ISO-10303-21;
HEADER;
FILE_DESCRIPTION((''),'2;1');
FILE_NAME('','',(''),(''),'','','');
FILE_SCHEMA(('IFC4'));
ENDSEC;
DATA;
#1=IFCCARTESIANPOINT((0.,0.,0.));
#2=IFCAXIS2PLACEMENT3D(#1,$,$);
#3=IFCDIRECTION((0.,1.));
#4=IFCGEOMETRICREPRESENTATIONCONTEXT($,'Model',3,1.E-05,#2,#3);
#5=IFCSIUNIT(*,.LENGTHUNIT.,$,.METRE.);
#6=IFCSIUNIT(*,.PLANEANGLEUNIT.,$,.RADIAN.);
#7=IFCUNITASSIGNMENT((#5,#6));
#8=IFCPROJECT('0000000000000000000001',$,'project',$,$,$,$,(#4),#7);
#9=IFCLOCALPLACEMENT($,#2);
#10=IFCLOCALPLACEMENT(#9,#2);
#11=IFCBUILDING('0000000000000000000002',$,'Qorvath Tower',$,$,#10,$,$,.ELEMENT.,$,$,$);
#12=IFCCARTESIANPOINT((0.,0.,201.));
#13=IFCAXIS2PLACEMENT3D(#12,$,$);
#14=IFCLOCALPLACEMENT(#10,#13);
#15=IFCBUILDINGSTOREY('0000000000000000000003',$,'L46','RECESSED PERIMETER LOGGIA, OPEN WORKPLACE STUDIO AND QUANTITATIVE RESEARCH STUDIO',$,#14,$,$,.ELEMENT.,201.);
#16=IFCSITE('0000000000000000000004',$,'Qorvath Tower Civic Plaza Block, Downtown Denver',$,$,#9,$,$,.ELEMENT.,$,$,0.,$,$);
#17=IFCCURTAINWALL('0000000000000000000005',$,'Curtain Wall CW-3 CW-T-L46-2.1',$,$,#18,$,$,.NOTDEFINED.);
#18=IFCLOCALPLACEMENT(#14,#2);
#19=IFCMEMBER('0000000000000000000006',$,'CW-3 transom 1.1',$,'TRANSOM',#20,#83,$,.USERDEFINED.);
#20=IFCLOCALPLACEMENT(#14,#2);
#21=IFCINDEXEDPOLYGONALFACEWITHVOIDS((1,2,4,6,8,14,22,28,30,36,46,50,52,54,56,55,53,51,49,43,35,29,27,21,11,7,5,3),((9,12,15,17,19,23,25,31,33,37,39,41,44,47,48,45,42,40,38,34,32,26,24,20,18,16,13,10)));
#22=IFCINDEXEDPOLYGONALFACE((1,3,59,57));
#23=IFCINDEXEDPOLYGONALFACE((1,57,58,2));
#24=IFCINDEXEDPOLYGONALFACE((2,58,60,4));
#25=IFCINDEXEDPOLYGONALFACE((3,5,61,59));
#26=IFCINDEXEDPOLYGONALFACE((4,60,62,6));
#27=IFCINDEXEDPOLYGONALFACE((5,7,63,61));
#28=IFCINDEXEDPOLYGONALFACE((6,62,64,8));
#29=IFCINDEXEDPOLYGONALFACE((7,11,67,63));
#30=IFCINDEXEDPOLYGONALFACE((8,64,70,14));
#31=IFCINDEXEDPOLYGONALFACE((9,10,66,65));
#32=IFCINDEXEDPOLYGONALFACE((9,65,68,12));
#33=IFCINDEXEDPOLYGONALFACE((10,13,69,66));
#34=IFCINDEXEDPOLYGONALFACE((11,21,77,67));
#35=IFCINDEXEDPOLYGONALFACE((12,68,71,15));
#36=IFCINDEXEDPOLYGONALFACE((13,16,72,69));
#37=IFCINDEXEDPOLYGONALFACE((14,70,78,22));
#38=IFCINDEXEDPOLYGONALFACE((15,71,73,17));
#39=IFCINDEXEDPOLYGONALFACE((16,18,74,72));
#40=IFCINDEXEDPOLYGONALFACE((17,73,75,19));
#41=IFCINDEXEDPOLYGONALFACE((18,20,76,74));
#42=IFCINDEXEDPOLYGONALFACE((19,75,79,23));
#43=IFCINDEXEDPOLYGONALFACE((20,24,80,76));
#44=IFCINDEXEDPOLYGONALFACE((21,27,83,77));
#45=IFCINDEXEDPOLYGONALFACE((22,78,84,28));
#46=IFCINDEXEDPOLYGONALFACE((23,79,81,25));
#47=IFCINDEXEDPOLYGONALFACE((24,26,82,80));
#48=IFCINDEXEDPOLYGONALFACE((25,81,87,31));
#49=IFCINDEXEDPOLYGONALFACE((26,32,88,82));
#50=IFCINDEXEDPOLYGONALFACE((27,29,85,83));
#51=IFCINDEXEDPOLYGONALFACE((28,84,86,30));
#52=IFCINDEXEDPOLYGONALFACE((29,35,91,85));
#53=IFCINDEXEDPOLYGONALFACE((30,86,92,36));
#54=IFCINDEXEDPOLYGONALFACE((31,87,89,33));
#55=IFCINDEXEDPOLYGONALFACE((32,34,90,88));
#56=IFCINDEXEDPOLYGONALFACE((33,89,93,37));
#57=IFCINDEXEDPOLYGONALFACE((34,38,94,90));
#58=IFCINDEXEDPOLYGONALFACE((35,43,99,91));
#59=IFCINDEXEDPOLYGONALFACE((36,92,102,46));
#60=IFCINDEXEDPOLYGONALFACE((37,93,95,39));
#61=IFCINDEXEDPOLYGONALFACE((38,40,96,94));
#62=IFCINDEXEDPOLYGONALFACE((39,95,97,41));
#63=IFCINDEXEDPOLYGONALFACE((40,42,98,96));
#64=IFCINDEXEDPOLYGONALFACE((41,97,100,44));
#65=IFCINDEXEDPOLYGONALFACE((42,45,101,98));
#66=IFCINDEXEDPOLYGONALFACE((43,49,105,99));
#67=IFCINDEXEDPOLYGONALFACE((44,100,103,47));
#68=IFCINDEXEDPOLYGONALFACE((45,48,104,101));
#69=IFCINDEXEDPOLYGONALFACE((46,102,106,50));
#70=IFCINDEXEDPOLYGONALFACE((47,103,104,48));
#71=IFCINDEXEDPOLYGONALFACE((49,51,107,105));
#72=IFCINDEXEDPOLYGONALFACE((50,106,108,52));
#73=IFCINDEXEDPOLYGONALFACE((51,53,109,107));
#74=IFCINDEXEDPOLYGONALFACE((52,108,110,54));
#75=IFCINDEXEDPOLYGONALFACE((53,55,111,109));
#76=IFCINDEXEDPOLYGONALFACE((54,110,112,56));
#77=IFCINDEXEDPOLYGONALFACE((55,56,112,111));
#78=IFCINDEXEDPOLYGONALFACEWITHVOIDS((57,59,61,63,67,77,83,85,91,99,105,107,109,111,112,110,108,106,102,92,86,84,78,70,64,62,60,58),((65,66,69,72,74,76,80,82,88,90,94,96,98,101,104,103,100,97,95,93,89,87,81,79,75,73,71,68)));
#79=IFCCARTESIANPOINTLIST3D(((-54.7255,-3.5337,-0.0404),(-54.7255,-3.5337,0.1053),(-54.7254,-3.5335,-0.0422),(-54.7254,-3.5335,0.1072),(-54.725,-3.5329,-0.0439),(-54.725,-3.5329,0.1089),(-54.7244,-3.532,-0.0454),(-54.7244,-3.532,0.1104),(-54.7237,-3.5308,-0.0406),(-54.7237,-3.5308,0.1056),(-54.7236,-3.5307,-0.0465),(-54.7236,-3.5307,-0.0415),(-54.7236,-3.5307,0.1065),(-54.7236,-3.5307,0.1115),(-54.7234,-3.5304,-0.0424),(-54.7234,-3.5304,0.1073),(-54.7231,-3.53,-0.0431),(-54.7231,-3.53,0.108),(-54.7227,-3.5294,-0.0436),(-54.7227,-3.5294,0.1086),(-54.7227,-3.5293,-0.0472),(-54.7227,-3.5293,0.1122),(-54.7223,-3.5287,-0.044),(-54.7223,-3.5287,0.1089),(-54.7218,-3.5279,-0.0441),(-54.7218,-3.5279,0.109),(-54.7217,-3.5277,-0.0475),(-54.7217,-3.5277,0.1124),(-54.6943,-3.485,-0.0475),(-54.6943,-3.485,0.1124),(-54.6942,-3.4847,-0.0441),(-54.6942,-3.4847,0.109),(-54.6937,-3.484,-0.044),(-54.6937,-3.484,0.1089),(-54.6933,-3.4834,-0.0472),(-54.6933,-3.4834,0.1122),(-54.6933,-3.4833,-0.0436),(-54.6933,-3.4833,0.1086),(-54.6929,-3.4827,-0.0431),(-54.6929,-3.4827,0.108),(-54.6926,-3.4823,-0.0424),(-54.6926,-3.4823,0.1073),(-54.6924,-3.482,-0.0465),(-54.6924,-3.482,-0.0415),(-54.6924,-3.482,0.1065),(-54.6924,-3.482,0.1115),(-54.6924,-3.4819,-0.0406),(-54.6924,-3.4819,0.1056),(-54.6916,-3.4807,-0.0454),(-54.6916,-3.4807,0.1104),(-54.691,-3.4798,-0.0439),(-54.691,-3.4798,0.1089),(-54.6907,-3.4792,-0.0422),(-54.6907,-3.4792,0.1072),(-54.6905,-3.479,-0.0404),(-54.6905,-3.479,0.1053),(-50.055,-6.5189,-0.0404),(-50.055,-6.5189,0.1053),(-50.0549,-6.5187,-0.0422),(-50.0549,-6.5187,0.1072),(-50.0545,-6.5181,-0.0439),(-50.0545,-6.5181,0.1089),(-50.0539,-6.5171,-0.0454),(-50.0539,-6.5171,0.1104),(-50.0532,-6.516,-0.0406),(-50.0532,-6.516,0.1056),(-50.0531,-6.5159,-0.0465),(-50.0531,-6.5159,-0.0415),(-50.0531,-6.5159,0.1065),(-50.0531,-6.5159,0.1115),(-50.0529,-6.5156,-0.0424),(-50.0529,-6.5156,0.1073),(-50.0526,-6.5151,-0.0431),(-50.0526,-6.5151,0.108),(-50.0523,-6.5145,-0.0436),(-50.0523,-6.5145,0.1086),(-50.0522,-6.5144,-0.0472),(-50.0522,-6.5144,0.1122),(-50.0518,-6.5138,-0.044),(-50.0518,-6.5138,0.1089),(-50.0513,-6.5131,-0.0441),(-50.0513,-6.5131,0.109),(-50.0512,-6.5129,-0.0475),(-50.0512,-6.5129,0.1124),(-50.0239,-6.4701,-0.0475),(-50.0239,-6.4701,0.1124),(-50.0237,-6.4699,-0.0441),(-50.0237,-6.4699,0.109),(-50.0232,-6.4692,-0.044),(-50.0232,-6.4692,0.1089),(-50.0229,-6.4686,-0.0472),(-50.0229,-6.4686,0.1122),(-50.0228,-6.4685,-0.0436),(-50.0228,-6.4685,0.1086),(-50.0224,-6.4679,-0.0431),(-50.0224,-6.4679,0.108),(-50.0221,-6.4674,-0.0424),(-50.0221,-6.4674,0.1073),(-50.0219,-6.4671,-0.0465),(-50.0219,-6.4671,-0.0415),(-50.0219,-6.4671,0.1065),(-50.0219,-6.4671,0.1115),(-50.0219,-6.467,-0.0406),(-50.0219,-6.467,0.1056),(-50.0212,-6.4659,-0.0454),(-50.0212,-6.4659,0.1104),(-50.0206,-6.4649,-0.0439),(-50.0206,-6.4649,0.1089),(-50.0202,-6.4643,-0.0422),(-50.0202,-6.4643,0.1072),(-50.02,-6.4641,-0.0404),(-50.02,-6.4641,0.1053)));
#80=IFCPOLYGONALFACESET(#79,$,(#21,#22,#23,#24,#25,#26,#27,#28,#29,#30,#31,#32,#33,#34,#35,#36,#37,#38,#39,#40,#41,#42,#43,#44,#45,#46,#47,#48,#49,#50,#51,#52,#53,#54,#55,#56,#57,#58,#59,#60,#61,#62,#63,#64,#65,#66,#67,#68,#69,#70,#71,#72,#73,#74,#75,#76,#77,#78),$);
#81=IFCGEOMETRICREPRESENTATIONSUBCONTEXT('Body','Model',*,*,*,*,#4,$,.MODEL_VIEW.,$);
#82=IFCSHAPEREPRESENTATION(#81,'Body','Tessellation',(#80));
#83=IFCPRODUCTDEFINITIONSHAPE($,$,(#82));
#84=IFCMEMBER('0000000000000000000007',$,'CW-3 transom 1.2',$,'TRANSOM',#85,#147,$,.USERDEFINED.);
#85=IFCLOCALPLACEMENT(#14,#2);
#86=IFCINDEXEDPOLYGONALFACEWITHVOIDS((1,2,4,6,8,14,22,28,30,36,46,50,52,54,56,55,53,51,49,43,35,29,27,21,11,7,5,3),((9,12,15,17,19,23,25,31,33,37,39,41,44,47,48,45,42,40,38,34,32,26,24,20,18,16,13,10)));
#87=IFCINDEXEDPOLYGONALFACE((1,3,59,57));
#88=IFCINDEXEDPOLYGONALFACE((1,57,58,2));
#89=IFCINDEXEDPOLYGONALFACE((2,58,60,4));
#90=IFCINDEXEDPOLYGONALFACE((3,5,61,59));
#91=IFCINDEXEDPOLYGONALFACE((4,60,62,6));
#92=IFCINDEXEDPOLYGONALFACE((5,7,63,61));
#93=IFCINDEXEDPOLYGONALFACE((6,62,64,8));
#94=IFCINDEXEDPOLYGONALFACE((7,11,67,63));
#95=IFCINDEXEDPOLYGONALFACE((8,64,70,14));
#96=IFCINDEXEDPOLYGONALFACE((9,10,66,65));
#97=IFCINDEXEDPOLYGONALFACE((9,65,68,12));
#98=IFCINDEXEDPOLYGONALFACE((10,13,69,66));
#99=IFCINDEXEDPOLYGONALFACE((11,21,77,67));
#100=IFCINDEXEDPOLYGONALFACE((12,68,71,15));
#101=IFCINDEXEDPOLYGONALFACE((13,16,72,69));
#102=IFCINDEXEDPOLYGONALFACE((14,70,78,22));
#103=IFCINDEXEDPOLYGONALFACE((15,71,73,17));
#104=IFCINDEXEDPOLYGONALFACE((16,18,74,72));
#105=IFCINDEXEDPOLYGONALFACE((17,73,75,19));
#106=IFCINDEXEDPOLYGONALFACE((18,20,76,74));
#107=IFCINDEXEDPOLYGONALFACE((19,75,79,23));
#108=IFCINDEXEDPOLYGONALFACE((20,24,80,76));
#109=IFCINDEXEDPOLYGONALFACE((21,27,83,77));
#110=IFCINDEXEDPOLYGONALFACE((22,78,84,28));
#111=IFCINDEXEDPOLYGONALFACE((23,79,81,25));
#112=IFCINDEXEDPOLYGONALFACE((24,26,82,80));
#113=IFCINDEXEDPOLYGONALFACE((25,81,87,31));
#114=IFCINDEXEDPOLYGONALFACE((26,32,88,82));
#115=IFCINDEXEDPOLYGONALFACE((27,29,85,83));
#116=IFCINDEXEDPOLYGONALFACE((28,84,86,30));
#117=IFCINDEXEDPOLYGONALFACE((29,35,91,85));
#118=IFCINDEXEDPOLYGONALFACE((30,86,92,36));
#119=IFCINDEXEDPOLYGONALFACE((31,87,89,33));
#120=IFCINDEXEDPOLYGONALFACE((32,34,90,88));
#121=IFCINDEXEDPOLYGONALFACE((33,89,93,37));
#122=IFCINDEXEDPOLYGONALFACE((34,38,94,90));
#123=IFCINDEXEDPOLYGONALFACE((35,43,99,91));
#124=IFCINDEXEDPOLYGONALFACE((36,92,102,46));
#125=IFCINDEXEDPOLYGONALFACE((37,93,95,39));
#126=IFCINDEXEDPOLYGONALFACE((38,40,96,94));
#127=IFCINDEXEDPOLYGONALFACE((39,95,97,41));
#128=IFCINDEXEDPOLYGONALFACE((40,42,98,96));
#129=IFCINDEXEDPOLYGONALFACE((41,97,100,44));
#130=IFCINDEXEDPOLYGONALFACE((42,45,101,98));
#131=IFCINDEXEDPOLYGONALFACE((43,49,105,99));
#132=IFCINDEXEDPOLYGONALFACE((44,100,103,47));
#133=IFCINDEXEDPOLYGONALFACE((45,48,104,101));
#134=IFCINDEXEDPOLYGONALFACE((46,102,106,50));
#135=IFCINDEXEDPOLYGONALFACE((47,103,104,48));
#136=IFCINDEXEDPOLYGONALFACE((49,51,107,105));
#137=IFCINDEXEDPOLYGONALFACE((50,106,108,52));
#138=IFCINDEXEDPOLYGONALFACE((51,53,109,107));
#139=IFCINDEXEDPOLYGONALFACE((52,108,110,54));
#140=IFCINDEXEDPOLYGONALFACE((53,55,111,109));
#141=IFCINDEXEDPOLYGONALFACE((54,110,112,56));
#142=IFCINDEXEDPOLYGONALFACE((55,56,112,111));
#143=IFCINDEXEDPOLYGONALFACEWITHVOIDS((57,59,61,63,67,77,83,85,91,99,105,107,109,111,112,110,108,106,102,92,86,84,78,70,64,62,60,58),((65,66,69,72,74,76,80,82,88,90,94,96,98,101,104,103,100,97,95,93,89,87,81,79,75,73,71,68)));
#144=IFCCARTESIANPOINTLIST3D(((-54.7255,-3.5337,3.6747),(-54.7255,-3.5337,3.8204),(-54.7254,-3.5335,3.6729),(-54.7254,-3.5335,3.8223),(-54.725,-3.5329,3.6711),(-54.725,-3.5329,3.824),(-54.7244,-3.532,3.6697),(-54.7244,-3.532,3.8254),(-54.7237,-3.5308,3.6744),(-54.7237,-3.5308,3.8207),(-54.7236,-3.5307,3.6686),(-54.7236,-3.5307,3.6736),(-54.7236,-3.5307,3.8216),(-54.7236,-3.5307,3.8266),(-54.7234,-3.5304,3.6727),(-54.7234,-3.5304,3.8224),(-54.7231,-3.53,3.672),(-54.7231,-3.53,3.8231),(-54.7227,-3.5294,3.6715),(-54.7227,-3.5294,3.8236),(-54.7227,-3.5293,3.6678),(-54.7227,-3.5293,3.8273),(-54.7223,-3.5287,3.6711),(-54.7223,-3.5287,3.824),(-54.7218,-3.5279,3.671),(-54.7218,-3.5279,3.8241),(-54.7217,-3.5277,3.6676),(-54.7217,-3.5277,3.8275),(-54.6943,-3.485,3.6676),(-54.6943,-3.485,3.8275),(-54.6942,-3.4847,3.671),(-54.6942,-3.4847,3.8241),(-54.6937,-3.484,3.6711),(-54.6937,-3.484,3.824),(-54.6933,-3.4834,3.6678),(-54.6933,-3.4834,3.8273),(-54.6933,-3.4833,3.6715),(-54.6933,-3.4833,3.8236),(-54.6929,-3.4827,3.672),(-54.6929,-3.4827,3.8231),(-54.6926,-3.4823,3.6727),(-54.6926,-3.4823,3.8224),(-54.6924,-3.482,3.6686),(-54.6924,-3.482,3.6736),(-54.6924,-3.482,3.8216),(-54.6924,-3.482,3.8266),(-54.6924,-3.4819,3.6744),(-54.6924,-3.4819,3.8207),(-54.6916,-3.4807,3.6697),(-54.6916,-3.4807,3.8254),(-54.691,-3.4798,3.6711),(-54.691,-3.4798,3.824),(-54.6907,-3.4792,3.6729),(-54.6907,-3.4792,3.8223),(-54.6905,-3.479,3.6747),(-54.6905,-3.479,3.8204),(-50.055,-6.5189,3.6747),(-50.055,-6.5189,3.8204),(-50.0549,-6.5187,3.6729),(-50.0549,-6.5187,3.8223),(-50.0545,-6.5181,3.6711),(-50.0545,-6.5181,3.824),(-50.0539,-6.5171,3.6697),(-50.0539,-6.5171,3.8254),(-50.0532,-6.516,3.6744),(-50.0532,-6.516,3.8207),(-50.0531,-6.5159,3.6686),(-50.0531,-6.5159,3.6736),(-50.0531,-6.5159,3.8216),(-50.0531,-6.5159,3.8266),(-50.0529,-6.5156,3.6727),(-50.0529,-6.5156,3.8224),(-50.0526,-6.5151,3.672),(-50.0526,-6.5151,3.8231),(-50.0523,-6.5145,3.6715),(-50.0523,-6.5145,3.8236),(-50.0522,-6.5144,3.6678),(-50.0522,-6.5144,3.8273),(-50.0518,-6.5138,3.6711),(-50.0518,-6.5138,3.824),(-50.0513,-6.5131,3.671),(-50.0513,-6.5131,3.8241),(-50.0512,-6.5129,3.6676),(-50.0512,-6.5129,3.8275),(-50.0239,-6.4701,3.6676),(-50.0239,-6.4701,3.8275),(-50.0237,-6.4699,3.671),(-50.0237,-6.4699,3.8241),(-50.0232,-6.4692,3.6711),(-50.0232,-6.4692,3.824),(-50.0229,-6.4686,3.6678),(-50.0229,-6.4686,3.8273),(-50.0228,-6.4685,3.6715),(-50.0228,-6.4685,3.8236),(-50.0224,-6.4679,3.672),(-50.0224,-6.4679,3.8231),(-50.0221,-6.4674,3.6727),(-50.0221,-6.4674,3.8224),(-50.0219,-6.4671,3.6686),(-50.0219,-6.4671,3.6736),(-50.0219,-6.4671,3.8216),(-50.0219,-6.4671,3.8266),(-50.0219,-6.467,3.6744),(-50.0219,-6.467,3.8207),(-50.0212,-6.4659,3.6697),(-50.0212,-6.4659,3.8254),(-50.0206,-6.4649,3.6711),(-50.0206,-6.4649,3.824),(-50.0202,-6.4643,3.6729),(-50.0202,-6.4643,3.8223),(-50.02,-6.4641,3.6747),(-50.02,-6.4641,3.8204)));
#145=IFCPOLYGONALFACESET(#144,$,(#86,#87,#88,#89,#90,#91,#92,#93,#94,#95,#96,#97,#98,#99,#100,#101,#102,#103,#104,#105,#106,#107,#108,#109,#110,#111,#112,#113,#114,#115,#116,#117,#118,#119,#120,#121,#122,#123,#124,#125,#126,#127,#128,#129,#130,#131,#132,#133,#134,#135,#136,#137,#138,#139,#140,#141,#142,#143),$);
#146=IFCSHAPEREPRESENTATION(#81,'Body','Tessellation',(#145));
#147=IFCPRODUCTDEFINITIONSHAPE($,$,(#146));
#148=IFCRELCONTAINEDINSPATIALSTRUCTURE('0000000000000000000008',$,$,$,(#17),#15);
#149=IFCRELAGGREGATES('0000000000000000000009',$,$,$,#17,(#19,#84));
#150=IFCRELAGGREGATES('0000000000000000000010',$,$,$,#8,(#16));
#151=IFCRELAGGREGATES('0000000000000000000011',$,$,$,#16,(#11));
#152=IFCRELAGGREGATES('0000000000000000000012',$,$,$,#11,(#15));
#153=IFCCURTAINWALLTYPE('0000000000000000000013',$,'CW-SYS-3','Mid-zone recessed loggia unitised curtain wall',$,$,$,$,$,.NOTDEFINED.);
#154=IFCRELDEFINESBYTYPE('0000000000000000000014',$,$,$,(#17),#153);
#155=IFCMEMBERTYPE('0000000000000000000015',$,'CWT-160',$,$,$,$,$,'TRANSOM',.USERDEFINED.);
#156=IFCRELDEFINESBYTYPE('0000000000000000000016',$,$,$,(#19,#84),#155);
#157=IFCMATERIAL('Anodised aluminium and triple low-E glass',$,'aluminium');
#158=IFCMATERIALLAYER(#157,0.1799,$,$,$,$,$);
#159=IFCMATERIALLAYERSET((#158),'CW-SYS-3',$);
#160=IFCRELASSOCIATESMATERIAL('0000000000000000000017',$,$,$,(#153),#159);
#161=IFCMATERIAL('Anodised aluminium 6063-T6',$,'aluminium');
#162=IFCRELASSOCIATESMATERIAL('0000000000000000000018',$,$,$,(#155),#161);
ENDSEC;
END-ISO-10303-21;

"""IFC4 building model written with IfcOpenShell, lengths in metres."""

from ifc_helpers import new_model, si_unit, direction, frame, origin, origin_2d, place, context, subcontext, project, spatial, hollow_rectangle, extrude, material, layer, layer_set, material_profile, profile_set, type_object, element, aggregate, save


model = new_model("IFC4")

# Units and contexts
model_context = context("Model", 3, precision=1e-05, world=origin(), true_north=direction((0.0, 1.0)))
body_context = subcontext(model_context, "Body", "Model", "MODEL_VIEW")
ifc_project = project(units=[si_unit("LENGTHUNIT", "METRE"), si_unit("PLANEANGLEUNIT", "RADIAN")], contexts=[model_context])

# Site, building, storey
site_placement = place(None, origin())
site = spatial("IfcSite", under=ifc_project, at=site_placement, Name="Qorvath Tower Civic Plaza Block, Downtown Denver", CompositionType="ELEMENT", RefElevation=0.0)
building_placement = place(site_placement, origin())
building = spatial("IfcBuilding", under=site, at=building_placement, Name="Qorvath Tower", CompositionType="ELEMENT")
storey_placement = place(building_placement, frame((0.0, 0.0, 201.0)))
storey = spatial("IfcBuildingStorey", under=building, at=storey_placement, Name="L46", Description="RECESSED PERIMETER LOGGIA, OPEN WORKPLACE STUDIO AND QUANTITATIVE RESEARCH STUDIO", CompositionType="ELEMENT", Elevation=201.0)

# Curtain wall, members
ifc_material_1 = material(Name="Anodised aluminium and triple low-E glass", Category="aluminium")
ifc_layer_1 = layer(ifc_material_1, 0.1799)
ifc_layer_set_1 = layer_set([ifc_layer_1], Name="CW-SYS-3")
curtain_wall_type = type_object("IfcCurtainWallType", Name="CW-SYS-3", Description="Mid-zone recessed loggia unitised curtain wall", PredefinedType="NOTDEFINED", material=ifc_layer_set_1)
curtain_wall_placement = place(storey_placement, origin())
curtain_wall = element("IfcCurtainWall", 1, at=curtain_wall_placement, inside=storey, type_object=curtain_wall_type, Name="Curtain Wall CW-3 CW-T-L46-2.1", PredefinedType="NOTDEFINED")
ifc_material_2 = material(Name="Anodised aluminium 6063-T6", Category="aluminium")
ifc_material_profile_1 = material_profile(ifc_material_2, hollow_rectangle(XDim=0.0649, YDim=0.1599, WallThickness=0.0034, InnerFilletRadius=0.0034, OuterFilletRadius=0.0071, at=origin_2d()), Name="CWT 160x65")
ifc_profile_set_1 = profile_set([ifc_material_profile_1], Name="Anodised aluminium 6063-T6")
member_type_1 = type_object("IfcMemberType", Name="CWT-160", ElementType="TRANSOM", PredefinedType="USERDEFINED", material=ifc_profile_set_1)
member_1_placement = place(storey_placement, frame((-54.708, -3.5063, 0.0325), z_axis=(0.842595, -0.538547, 0.0), x_axis=(0.538547, 0.842595, 0.0)))
member_1 = element("IfcMember", 2, at=member_1_placement, type_object=member_type_1, Name="CW-3 transom 1.1", ObjectType="TRANSOM", PredefinedType="USERDEFINED", context=body_context, shape_type="SweptSolid", body=[
    extrude(hollow_rectangle(XDim=0.0649, YDim=0.1599, WallThickness=0.0034, InnerFilletRadius=0.0034, OuterFilletRadius=0.0071, at=origin_2d()), origin(), (0.0, 0.0, 1.0), 5.543),
])
member_2_placement = place(storey_placement, frame((-54.708, -3.5063, 3.7476), z_axis=(0.842595, -0.538547, 0.0), x_axis=(0.538547, 0.842595, 0.0)))
member_2 = element("IfcMember", 3, at=member_2_placement, type_object=member_type_1, Name="CW-3 transom 1.2", ObjectType="TRANSOM", PredefinedType="USERDEFINED", context=body_context, shape_type="SweptSolid", body=[
    extrude(hollow_rectangle(XDim=0.0649, YDim=0.1599, WallThickness=0.0034, InnerFilletRadius=0.0034, OuterFilletRadius=0.0071, at=origin_2d()), origin(), (0.0, 0.0, 1.0), 5.543),
])

aggregate(curtain_wall, [member_1, member_2])

save(model, "model.ifc")
